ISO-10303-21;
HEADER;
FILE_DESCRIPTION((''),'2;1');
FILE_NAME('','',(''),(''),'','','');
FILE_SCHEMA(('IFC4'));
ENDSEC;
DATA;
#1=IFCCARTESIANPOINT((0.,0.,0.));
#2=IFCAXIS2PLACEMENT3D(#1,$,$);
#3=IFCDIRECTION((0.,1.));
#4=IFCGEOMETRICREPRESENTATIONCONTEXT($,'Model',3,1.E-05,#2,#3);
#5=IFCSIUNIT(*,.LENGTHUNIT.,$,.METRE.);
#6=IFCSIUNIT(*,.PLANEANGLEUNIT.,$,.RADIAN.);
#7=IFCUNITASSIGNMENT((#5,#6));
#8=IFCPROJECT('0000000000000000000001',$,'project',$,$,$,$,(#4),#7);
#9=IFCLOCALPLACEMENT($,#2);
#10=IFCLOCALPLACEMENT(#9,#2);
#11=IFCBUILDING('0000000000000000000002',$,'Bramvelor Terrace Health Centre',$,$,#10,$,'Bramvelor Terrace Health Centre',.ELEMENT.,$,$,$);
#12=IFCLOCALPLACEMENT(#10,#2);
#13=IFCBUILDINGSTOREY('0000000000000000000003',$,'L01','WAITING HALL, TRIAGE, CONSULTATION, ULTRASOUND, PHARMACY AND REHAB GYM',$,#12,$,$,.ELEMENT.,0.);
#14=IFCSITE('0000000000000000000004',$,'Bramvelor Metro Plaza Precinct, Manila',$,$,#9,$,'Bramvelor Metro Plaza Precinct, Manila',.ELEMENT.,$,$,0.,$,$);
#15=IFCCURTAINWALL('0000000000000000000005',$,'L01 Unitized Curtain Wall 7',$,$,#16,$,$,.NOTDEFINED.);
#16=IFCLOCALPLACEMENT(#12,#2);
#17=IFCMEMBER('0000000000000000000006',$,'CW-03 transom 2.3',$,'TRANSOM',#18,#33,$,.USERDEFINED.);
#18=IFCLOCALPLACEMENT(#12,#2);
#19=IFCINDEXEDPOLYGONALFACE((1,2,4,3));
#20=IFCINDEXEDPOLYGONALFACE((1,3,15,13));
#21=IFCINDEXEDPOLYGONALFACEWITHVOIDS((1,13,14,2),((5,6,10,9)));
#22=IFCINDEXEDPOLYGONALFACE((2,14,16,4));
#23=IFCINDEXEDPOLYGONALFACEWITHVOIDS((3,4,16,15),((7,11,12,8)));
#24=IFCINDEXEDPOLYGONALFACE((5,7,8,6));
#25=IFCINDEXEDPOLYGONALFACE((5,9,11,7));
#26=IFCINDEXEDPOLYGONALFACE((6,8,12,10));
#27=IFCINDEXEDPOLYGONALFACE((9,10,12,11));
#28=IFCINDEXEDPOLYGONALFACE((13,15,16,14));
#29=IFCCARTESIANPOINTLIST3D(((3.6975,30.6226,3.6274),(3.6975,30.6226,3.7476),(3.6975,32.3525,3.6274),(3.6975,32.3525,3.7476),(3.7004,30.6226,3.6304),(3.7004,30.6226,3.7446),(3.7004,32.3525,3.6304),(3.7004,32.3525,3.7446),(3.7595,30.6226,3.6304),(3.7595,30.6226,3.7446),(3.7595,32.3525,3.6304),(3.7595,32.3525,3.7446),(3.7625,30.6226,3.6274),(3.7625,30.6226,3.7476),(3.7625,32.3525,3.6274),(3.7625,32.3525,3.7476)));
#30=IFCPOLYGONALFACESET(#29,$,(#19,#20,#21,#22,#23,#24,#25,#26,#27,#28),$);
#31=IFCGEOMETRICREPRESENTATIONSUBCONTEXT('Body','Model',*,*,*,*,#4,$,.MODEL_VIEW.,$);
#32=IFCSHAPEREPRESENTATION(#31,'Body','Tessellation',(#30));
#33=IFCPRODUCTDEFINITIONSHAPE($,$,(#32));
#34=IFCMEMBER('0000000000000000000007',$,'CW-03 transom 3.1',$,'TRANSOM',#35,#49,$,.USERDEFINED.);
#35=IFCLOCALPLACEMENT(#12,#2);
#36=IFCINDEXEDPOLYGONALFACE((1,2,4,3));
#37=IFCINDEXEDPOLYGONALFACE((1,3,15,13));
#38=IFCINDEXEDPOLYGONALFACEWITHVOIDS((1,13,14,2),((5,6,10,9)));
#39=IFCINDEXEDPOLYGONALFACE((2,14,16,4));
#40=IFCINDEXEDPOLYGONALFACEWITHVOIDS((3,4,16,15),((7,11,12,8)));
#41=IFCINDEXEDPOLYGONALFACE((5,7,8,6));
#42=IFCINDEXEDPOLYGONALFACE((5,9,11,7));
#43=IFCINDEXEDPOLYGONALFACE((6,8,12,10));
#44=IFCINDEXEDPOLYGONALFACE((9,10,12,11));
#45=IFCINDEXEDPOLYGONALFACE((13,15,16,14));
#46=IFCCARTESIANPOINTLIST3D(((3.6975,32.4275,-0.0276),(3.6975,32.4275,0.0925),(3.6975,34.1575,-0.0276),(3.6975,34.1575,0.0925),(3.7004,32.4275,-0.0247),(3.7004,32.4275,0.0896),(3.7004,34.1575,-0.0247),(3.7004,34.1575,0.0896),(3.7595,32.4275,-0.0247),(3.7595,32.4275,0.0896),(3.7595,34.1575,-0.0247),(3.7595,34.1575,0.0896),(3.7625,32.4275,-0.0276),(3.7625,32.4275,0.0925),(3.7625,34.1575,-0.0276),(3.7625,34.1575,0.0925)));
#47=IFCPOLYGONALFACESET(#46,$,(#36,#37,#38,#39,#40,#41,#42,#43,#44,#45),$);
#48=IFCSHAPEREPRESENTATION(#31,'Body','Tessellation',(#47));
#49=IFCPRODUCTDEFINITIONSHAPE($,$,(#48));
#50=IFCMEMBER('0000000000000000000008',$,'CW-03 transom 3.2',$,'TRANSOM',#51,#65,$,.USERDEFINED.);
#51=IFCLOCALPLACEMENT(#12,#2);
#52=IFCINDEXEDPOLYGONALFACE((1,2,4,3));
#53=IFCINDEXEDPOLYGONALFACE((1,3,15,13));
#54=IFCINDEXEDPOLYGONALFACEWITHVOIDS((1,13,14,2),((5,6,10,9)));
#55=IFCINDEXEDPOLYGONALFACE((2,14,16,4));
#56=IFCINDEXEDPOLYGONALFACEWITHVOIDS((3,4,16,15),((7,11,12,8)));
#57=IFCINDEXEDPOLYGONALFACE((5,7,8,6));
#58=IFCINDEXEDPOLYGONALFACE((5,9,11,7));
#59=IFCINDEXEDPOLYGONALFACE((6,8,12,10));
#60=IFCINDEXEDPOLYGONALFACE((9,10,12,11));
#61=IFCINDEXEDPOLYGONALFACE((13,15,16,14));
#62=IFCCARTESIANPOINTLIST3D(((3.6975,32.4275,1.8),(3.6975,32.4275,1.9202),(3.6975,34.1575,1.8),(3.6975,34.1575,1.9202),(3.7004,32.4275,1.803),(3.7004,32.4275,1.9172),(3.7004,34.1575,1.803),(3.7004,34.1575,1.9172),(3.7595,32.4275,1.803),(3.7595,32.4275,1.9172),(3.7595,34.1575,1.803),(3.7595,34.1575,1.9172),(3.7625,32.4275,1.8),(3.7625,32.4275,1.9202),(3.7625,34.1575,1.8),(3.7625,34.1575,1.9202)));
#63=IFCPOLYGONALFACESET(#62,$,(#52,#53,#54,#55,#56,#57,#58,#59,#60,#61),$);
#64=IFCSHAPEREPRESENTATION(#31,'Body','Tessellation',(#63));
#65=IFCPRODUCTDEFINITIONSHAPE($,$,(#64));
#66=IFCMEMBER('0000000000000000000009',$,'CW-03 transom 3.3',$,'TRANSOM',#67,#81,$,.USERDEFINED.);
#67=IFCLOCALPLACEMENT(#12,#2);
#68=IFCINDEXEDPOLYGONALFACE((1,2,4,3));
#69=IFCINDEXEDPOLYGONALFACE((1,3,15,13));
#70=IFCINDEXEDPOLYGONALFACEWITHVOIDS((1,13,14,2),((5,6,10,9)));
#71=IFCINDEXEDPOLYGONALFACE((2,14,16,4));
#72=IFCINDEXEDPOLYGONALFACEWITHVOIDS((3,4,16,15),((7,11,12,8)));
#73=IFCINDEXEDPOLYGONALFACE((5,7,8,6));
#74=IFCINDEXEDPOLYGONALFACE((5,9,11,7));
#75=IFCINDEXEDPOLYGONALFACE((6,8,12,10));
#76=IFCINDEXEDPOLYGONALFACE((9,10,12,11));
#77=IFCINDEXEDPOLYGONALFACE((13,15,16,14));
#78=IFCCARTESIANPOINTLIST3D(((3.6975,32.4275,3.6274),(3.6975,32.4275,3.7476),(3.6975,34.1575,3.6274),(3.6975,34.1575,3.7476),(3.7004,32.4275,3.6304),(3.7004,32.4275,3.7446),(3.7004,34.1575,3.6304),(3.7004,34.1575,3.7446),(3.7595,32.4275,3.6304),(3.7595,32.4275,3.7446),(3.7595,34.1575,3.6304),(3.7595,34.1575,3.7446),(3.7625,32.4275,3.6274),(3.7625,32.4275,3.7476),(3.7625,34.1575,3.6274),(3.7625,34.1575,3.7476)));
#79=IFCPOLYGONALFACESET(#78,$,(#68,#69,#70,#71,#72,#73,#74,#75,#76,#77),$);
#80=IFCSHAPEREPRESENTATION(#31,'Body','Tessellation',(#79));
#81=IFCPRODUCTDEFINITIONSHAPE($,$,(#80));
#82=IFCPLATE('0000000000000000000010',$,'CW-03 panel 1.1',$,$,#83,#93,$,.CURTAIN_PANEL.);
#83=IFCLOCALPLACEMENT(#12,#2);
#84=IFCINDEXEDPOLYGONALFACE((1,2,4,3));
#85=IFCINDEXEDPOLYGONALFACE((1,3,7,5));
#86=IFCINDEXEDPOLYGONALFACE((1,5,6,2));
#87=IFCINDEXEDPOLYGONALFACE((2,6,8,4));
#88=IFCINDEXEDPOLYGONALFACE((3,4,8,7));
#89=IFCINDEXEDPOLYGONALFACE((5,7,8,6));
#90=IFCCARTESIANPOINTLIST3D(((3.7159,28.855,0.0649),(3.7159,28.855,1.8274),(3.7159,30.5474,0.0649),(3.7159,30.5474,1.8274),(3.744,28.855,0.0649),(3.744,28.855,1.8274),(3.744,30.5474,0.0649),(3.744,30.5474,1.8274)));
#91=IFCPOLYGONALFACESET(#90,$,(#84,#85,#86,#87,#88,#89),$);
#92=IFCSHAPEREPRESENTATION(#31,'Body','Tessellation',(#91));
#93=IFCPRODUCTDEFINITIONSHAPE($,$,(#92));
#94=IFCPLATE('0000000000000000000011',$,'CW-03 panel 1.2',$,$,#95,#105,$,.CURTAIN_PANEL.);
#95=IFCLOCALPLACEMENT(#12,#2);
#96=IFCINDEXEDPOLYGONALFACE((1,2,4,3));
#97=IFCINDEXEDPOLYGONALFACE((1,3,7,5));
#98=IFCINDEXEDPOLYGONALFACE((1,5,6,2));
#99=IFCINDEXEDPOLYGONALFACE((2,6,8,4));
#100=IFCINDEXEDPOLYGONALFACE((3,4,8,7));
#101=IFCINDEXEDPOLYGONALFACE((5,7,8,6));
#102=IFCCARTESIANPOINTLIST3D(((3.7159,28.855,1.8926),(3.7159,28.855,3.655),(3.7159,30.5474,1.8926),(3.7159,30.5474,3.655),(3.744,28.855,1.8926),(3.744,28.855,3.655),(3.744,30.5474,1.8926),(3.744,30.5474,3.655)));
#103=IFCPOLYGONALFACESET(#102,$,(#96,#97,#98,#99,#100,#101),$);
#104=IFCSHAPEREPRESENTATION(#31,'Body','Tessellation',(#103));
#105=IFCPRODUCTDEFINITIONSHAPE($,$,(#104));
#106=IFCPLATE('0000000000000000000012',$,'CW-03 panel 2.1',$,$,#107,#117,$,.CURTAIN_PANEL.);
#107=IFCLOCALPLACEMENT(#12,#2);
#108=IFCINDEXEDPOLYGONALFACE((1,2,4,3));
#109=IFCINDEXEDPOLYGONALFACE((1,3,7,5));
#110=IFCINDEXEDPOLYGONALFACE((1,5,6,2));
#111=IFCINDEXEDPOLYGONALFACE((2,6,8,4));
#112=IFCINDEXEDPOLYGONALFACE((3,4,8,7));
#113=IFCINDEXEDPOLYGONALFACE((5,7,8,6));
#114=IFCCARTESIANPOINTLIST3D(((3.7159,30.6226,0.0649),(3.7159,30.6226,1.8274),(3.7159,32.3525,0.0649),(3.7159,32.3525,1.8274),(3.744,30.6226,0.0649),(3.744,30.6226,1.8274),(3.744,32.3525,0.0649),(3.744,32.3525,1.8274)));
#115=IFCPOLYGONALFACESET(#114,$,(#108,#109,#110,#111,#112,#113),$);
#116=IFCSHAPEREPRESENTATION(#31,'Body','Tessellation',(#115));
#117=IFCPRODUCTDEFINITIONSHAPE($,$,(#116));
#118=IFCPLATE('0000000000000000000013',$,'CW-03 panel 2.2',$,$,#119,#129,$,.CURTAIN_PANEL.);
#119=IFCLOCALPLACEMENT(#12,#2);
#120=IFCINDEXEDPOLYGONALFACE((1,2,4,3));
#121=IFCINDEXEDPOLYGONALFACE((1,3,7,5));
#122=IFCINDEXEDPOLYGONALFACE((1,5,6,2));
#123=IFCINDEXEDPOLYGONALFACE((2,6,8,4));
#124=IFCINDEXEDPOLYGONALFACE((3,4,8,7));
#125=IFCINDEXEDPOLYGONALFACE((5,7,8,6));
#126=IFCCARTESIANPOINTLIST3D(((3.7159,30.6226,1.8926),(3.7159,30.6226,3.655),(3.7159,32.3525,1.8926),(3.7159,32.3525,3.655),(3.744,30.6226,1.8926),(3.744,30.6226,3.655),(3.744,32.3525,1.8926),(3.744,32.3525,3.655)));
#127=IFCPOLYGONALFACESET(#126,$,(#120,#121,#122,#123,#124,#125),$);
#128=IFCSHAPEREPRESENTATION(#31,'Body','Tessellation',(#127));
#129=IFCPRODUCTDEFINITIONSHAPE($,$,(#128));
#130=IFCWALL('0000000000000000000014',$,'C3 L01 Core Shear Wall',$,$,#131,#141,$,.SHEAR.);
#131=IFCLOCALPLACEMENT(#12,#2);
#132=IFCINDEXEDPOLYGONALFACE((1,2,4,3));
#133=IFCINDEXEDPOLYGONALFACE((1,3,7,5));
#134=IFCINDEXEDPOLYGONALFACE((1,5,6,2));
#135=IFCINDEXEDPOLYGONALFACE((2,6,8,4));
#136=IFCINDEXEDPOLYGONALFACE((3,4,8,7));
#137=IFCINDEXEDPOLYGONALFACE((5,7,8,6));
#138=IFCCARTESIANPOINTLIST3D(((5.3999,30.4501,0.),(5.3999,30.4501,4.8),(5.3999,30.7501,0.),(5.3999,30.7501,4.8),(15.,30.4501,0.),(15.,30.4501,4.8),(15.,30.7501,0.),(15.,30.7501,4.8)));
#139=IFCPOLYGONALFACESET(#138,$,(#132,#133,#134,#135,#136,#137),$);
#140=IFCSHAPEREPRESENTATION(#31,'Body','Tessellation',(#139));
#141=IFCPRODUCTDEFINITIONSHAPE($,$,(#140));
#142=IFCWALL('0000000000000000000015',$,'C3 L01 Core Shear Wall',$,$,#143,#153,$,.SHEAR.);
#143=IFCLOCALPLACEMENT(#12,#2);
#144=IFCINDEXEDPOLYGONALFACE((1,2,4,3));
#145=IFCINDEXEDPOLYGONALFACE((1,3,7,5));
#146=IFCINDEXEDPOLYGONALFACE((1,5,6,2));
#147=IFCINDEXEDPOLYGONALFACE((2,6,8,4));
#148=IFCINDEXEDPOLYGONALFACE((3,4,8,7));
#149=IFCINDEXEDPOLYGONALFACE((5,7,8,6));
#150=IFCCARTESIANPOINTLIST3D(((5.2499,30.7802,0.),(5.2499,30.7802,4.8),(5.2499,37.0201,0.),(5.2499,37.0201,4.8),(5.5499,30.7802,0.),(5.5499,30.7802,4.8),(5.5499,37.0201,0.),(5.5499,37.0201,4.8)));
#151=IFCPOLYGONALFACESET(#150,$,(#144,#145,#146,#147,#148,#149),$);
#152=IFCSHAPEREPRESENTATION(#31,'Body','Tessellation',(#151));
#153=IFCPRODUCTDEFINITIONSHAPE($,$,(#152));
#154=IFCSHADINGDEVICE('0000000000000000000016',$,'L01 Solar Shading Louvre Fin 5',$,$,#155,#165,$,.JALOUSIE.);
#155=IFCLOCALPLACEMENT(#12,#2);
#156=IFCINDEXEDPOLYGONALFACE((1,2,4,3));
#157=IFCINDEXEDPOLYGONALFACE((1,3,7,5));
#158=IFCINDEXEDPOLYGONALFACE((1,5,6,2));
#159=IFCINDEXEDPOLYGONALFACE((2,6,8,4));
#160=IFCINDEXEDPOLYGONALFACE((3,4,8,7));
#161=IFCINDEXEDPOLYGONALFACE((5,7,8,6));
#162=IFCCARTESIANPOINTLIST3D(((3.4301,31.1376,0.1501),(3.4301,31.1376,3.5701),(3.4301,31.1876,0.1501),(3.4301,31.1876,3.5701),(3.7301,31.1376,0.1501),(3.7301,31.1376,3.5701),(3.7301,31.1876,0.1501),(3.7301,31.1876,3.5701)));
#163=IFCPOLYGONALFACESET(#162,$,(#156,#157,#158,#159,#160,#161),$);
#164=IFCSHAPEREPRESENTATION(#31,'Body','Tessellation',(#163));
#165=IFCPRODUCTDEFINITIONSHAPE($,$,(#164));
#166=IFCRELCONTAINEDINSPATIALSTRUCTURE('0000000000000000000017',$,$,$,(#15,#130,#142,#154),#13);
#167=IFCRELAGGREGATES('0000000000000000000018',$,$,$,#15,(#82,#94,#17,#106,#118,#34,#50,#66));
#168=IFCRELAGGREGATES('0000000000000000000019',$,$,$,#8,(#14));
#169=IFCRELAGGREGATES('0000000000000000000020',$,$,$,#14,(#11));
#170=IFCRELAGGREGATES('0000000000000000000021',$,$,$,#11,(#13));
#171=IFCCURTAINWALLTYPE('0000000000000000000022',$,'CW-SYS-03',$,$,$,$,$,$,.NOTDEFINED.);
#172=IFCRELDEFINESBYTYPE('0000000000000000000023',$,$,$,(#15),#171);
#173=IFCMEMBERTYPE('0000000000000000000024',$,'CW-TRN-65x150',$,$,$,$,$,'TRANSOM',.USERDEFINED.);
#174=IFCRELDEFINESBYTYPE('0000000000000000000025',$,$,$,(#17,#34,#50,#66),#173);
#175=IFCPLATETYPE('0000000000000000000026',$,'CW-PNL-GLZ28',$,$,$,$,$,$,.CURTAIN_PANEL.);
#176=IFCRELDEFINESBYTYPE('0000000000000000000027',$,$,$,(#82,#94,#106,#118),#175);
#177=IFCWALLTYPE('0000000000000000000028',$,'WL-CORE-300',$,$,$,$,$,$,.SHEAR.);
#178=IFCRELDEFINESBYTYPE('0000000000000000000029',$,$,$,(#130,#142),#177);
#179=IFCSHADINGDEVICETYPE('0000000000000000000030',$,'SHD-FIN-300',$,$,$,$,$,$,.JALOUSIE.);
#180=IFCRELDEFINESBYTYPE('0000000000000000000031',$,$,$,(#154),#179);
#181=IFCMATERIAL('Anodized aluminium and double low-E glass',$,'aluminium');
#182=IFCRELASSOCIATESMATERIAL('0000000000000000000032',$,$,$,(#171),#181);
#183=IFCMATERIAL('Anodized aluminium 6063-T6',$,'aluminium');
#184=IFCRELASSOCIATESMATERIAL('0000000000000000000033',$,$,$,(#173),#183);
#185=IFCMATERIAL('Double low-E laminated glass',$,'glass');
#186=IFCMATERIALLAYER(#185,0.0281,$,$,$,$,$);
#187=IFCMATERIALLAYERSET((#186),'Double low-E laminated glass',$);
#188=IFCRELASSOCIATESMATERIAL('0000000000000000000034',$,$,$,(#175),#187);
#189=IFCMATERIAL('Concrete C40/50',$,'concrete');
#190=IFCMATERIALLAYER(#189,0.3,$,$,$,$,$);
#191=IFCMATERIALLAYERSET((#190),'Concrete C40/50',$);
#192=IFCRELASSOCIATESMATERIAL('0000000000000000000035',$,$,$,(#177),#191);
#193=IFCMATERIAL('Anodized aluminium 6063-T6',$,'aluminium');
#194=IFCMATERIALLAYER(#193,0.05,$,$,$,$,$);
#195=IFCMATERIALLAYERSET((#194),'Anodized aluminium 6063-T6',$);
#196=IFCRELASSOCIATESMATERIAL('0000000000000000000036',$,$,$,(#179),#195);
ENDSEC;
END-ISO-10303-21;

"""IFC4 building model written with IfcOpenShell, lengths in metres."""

from ifc_helpers import new_model, si_unit, direction, frame, frame_2d, origin, origin_2d, place, context, subcontext, project, spatial, rectangle, hollow_rectangle, extrude, material, layer, layer_set, material_profile, profile_set, type_object, element, aggregate, save


model = new_model("IFC4")

# Units and contexts
model_context = context("Model", 3, precision=1e-05, world=origin(), true_north=direction((0.0, 1.0)))
body_context = subcontext(model_context, "Body", "Model", "MODEL_VIEW")
ifc_project = project(units=[si_unit("LENGTHUNIT", "METRE"), si_unit("PLANEANGLEUNIT", "RADIAN")], contexts=[model_context])

# Site, building, storey
site_placement = place(None, origin())
site = spatial("IfcSite", under=ifc_project, at=site_placement, Name="Bramvelor Metro Plaza Precinct, Manila", LongName="Bramvelor Metro Plaza Precinct, Manila", CompositionType="ELEMENT", RefElevation=0.0)
building_placement = place(site_placement, origin())
building = spatial("IfcBuilding", under=site, at=building_placement, Name="Bramvelor Terrace Health Centre", LongName="Bramvelor Terrace Health Centre", CompositionType="ELEMENT")
storey_placement = place(building_placement, origin())
storey = spatial("IfcBuildingStorey", under=building, at=storey_placement, Name="L01", Description="WAITING HALL, TRIAGE, CONSULTATION, ULTRASOUND, PHARMACY AND REHAB GYM", CompositionType="ELEMENT", Elevation=0.0)

# Curtain wall, members, plates
ifc_material_1 = material(Name="Anodized aluminium and double low-E glass", Category="aluminium")
curtain_wall_type = type_object("IfcCurtainWallType", Name="CW-SYS-03", PredefinedType="NOTDEFINED", material=ifc_material_1)
curtain_wall_placement = place(storey_placement, origin())
curtain_wall = element("IfcCurtainWall", 1, at=curtain_wall_placement, inside=storey, type_object=curtain_wall_type, Name="L01 Unitized Curtain Wall 7", PredefinedType="NOTDEFINED")
ifc_material_2 = material(Name="Anodized aluminium 6063-T6", Category="aluminium")
ifc_material_profile_1 = material_profile(ifc_material_2, hollow_rectangle(XDim=0.0649, YDim=0.1201, WallThickness=0.0029, at=origin_2d()), Name="ALU-TRN 65x120x3.0")
ifc_profile_set_1 = profile_set([ifc_material_profile_1], Name="Anodized aluminium 6063-T6")
member_type_1 = type_object("IfcMemberType", Name="CW-TRN-65x150", ElementType="TRANSOM", PredefinedType="USERDEFINED", material=ifc_profile_set_1)
member_1_placement = place(storey_placement, frame((3.73, 30.6226, 3.6875), z_axis=(0.0, 1.0, 0.0), x_axis=(-1.0, 0.0, 0.0)))
member_1 = element("IfcMember", 2, at=member_1_placement, type_object=member_type_1, Name="CW-03 transom 2.3", ObjectType="TRANSOM", PredefinedType="USERDEFINED", context=body_context, shape_type="SweptSolid", body=[
    extrude(hollow_rectangle(XDim=0.0649, YDim=0.1201, WallThickness=0.0029, at=origin_2d()), origin(), (0.0, 0.0, 1.0), 1.73),
])
member_2_placement = place(storey_placement, frame((3.73, 32.4275, 0.0325), z_axis=(0.0, 1.0, 0.0), x_axis=(-1.0, 0.0, 0.0)))
member_2 = element("IfcMember", 3, at=member_2_placement, type_object=member_type_1, Name="CW-03 transom 3.1", ObjectType="TRANSOM", PredefinedType="USERDEFINED", context=body_context, shape_type="SweptSolid", body=[
    extrude(hollow_rectangle(XDim=0.0649, YDim=0.1201, WallThickness=0.0029, at=origin_2d()), origin(), (0.0, 0.0, 1.0), 1.73),
])
member_3_placement = place(storey_placement, frame((3.73, 32.4275, 1.8601), z_axis=(0.0, 1.0, 0.0), x_axis=(-1.0, 0.0, 0.0)))
member_3 = element("IfcMember", 4, at=member_3_placement, type_object=member_type_1, Name="CW-03 transom 3.2", ObjectType="TRANSOM", PredefinedType="USERDEFINED", context=body_context, shape_type="SweptSolid", body=[
    extrude(hollow_rectangle(XDim=0.0649, YDim=0.1201, WallThickness=0.0029, at=origin_2d()), origin(), (0.0, 0.0, 1.0), 1.73),
])
member_4_placement = place(storey_placement, frame((3.73, 32.4275, 3.6875), z_axis=(0.0, 1.0, 0.0), x_axis=(-1.0, 0.0, 0.0)))
member_4 = element("IfcMember", 5, at=member_4_placement, type_object=member_type_1, Name="CW-03 transom 3.3", ObjectType="TRANSOM", PredefinedType="USERDEFINED", context=body_context, shape_type="SweptSolid", body=[
    extrude(hollow_rectangle(XDim=0.0649, YDim=0.1201, WallThickness=0.0029, at=origin_2d()), origin(), (0.0, 0.0, 1.0), 1.73),
])
ifc_material_3 = material(Name="Double low-E laminated glass", Category="glass")
ifc_layer_1 = layer(ifc_material_3, 0.0281)
ifc_layer_set_1 = layer_set([ifc_layer_1], Name="Double low-E laminated glass")
plate_type = type_object("IfcPlateType", Name="CW-PNL-GLZ28", PredefinedType="CURTAIN_PANEL", material=ifc_layer_set_1)
plate_1_placement = place(storey_placement, frame((3.73, 29.7012, 0.0649), z_axis=(0.0, 0.0, 1.0), x_axis=(0.0, 1.0, 0.0)))
plate_1 = element("IfcPlate", 6, at=plate_1_placement, type_object=plate_type, Name="CW-03 panel 1.1", PredefinedType="CURTAIN_PANEL", context=body_context, shape_type="SweptSolid", body=[
    extrude(rectangle(XDim=1.6924, YDim=0.0281, at=origin_2d()), origin(), (0.0, 0.0, 1.0), 1.7625),
])
plate_2_placement = place(storey_placement, frame((3.73, 29.7012, 1.8926), z_axis=(0.0, 0.0, 1.0), x_axis=(0.0, 1.0, 0.0)))
plate_2 = element("IfcPlate", 7, at=plate_2_placement, type_object=plate_type, Name="CW-03 panel 1.2", PredefinedType="CURTAIN_PANEL", context=body_context, shape_type="SweptSolid", body=[
    extrude(rectangle(XDim=1.6924, YDim=0.0281, at=origin_2d()), origin(), (0.0, 0.0, 1.0), 1.7625),
])
plate_3_placement = place(storey_placement, frame((3.73, 31.4875, 0.0649), z_axis=(0.0, 0.0, 1.0), x_axis=(0.0, 1.0, 0.0)))
plate_3 = element("IfcPlate", 8, at=plate_3_placement, type_object=plate_type, Name="CW-03 panel 2.1", PredefinedType="CURTAIN_PANEL", context=body_context, shape_type="SweptSolid", body=[
    extrude(rectangle(XDim=1.73, YDim=0.0281, at=origin_2d()), origin(), (0.0, 0.0, 1.0), 1.7625),
])
plate_4_placement = place(storey_placement, frame((3.73, 31.4875, 1.8926), z_axis=(0.0, 0.0, 1.0), x_axis=(0.0, 1.0, 0.0)))
plate_4 = element("IfcPlate", 9, at=plate_4_placement, type_object=plate_type, Name="CW-03 panel 2.2", PredefinedType="CURTAIN_PANEL", context=body_context, shape_type="SweptSolid", body=[
    extrude(rectangle(XDim=1.73, YDim=0.0281, at=origin_2d()), origin(), (0.0, 0.0, 1.0), 1.7625),
])
aggregate(curtain_wall, [plate_1, plate_2, member_1, plate_3, plate_4, member_2, member_3, member_4])

# Walls
ifc_material_4 = material(Name="Concrete C40/50", Category="concrete")
ifc_layer_2 = layer(ifc_material_4, 0.3)
ifc_layer_set_2 = layer_set([ifc_layer_2], Name="Concrete C40/50")
wall_type = type_object("IfcWallType", Name="WL-CORE-300", PredefinedType="SHEAR", material=ifc_layer_set_2)
wall_1_placement = place(storey_placement, frame((5.3999, 30.6001, 0.0), z_axis=(0.0, 0.0, 1.0), x_axis=(1.0, 0.0, 0.0)))
element("IfcWall", 10, at=wall_1_placement, inside=storey, type_object=wall_type, Name="C3 L01 Core Shear Wall", PredefinedType="SHEAR", context=body_context, shape_type="SweptSolid", body=[
    extrude(rectangle(XDim=9.6001, YDim=0.3, at=frame_2d((4.8, 0.0))), origin(), (0.0, 0.0, 1.0), 4.8),
])
wall_2_placement = place(storey_placement, frame((5.3999, 30.78, 0.0), z_axis=(0.0, 0.0, 1.0), x_axis=(0.0, 1.0, 0.0)))
element("IfcWall", 11, at=wall_2_placement, inside=storey, type_object=wall_type, Name="C3 L01 Core Shear Wall", PredefinedType="SHEAR", context=body_context, shape_type="SweptSolid", body=[
    extrude(rectangle(XDim=6.24, YDim=0.3, at=frame_2d((3.1201, 0.0))), origin(), (0.0, 0.0, 1.0), 4.8),
])

# Shading device
ifc_material_5 = material(Name="Anodized aluminium 6063-T6", Category="aluminium")
ifc_layer_3 = layer(ifc_material_5, 0.05)
ifc_layer_set_3 = layer_set([ifc_layer_3], Name="Anodized aluminium 6063-T6")
shading_device_type = type_object("IfcShadingDeviceType", Name="SHD-FIN-300", PredefinedType="JALOUSIE", material=ifc_layer_set_3)
shading_device_placement = place(storey_placement, frame((3.5801, 31.1626, 0.1501), z_axis=(0.0, 0.0, 1.0), x_axis=(1.0, 0.0, 0.0)))
element("IfcShadingDevice", 12, at=shading_device_placement, inside=storey, type_object=shading_device_type, Name="L01 Solar Shading Louvre Fin 5", PredefinedType="JALOUSIE", context=body_context, shape_type="SweptSolid", body=[
    extrude(rectangle(XDim=0.3, YDim=0.05, at=origin_2d()), origin(), (0.0, 0.0, 1.0), 3.4199),
])

save(model, "model.ifc")
